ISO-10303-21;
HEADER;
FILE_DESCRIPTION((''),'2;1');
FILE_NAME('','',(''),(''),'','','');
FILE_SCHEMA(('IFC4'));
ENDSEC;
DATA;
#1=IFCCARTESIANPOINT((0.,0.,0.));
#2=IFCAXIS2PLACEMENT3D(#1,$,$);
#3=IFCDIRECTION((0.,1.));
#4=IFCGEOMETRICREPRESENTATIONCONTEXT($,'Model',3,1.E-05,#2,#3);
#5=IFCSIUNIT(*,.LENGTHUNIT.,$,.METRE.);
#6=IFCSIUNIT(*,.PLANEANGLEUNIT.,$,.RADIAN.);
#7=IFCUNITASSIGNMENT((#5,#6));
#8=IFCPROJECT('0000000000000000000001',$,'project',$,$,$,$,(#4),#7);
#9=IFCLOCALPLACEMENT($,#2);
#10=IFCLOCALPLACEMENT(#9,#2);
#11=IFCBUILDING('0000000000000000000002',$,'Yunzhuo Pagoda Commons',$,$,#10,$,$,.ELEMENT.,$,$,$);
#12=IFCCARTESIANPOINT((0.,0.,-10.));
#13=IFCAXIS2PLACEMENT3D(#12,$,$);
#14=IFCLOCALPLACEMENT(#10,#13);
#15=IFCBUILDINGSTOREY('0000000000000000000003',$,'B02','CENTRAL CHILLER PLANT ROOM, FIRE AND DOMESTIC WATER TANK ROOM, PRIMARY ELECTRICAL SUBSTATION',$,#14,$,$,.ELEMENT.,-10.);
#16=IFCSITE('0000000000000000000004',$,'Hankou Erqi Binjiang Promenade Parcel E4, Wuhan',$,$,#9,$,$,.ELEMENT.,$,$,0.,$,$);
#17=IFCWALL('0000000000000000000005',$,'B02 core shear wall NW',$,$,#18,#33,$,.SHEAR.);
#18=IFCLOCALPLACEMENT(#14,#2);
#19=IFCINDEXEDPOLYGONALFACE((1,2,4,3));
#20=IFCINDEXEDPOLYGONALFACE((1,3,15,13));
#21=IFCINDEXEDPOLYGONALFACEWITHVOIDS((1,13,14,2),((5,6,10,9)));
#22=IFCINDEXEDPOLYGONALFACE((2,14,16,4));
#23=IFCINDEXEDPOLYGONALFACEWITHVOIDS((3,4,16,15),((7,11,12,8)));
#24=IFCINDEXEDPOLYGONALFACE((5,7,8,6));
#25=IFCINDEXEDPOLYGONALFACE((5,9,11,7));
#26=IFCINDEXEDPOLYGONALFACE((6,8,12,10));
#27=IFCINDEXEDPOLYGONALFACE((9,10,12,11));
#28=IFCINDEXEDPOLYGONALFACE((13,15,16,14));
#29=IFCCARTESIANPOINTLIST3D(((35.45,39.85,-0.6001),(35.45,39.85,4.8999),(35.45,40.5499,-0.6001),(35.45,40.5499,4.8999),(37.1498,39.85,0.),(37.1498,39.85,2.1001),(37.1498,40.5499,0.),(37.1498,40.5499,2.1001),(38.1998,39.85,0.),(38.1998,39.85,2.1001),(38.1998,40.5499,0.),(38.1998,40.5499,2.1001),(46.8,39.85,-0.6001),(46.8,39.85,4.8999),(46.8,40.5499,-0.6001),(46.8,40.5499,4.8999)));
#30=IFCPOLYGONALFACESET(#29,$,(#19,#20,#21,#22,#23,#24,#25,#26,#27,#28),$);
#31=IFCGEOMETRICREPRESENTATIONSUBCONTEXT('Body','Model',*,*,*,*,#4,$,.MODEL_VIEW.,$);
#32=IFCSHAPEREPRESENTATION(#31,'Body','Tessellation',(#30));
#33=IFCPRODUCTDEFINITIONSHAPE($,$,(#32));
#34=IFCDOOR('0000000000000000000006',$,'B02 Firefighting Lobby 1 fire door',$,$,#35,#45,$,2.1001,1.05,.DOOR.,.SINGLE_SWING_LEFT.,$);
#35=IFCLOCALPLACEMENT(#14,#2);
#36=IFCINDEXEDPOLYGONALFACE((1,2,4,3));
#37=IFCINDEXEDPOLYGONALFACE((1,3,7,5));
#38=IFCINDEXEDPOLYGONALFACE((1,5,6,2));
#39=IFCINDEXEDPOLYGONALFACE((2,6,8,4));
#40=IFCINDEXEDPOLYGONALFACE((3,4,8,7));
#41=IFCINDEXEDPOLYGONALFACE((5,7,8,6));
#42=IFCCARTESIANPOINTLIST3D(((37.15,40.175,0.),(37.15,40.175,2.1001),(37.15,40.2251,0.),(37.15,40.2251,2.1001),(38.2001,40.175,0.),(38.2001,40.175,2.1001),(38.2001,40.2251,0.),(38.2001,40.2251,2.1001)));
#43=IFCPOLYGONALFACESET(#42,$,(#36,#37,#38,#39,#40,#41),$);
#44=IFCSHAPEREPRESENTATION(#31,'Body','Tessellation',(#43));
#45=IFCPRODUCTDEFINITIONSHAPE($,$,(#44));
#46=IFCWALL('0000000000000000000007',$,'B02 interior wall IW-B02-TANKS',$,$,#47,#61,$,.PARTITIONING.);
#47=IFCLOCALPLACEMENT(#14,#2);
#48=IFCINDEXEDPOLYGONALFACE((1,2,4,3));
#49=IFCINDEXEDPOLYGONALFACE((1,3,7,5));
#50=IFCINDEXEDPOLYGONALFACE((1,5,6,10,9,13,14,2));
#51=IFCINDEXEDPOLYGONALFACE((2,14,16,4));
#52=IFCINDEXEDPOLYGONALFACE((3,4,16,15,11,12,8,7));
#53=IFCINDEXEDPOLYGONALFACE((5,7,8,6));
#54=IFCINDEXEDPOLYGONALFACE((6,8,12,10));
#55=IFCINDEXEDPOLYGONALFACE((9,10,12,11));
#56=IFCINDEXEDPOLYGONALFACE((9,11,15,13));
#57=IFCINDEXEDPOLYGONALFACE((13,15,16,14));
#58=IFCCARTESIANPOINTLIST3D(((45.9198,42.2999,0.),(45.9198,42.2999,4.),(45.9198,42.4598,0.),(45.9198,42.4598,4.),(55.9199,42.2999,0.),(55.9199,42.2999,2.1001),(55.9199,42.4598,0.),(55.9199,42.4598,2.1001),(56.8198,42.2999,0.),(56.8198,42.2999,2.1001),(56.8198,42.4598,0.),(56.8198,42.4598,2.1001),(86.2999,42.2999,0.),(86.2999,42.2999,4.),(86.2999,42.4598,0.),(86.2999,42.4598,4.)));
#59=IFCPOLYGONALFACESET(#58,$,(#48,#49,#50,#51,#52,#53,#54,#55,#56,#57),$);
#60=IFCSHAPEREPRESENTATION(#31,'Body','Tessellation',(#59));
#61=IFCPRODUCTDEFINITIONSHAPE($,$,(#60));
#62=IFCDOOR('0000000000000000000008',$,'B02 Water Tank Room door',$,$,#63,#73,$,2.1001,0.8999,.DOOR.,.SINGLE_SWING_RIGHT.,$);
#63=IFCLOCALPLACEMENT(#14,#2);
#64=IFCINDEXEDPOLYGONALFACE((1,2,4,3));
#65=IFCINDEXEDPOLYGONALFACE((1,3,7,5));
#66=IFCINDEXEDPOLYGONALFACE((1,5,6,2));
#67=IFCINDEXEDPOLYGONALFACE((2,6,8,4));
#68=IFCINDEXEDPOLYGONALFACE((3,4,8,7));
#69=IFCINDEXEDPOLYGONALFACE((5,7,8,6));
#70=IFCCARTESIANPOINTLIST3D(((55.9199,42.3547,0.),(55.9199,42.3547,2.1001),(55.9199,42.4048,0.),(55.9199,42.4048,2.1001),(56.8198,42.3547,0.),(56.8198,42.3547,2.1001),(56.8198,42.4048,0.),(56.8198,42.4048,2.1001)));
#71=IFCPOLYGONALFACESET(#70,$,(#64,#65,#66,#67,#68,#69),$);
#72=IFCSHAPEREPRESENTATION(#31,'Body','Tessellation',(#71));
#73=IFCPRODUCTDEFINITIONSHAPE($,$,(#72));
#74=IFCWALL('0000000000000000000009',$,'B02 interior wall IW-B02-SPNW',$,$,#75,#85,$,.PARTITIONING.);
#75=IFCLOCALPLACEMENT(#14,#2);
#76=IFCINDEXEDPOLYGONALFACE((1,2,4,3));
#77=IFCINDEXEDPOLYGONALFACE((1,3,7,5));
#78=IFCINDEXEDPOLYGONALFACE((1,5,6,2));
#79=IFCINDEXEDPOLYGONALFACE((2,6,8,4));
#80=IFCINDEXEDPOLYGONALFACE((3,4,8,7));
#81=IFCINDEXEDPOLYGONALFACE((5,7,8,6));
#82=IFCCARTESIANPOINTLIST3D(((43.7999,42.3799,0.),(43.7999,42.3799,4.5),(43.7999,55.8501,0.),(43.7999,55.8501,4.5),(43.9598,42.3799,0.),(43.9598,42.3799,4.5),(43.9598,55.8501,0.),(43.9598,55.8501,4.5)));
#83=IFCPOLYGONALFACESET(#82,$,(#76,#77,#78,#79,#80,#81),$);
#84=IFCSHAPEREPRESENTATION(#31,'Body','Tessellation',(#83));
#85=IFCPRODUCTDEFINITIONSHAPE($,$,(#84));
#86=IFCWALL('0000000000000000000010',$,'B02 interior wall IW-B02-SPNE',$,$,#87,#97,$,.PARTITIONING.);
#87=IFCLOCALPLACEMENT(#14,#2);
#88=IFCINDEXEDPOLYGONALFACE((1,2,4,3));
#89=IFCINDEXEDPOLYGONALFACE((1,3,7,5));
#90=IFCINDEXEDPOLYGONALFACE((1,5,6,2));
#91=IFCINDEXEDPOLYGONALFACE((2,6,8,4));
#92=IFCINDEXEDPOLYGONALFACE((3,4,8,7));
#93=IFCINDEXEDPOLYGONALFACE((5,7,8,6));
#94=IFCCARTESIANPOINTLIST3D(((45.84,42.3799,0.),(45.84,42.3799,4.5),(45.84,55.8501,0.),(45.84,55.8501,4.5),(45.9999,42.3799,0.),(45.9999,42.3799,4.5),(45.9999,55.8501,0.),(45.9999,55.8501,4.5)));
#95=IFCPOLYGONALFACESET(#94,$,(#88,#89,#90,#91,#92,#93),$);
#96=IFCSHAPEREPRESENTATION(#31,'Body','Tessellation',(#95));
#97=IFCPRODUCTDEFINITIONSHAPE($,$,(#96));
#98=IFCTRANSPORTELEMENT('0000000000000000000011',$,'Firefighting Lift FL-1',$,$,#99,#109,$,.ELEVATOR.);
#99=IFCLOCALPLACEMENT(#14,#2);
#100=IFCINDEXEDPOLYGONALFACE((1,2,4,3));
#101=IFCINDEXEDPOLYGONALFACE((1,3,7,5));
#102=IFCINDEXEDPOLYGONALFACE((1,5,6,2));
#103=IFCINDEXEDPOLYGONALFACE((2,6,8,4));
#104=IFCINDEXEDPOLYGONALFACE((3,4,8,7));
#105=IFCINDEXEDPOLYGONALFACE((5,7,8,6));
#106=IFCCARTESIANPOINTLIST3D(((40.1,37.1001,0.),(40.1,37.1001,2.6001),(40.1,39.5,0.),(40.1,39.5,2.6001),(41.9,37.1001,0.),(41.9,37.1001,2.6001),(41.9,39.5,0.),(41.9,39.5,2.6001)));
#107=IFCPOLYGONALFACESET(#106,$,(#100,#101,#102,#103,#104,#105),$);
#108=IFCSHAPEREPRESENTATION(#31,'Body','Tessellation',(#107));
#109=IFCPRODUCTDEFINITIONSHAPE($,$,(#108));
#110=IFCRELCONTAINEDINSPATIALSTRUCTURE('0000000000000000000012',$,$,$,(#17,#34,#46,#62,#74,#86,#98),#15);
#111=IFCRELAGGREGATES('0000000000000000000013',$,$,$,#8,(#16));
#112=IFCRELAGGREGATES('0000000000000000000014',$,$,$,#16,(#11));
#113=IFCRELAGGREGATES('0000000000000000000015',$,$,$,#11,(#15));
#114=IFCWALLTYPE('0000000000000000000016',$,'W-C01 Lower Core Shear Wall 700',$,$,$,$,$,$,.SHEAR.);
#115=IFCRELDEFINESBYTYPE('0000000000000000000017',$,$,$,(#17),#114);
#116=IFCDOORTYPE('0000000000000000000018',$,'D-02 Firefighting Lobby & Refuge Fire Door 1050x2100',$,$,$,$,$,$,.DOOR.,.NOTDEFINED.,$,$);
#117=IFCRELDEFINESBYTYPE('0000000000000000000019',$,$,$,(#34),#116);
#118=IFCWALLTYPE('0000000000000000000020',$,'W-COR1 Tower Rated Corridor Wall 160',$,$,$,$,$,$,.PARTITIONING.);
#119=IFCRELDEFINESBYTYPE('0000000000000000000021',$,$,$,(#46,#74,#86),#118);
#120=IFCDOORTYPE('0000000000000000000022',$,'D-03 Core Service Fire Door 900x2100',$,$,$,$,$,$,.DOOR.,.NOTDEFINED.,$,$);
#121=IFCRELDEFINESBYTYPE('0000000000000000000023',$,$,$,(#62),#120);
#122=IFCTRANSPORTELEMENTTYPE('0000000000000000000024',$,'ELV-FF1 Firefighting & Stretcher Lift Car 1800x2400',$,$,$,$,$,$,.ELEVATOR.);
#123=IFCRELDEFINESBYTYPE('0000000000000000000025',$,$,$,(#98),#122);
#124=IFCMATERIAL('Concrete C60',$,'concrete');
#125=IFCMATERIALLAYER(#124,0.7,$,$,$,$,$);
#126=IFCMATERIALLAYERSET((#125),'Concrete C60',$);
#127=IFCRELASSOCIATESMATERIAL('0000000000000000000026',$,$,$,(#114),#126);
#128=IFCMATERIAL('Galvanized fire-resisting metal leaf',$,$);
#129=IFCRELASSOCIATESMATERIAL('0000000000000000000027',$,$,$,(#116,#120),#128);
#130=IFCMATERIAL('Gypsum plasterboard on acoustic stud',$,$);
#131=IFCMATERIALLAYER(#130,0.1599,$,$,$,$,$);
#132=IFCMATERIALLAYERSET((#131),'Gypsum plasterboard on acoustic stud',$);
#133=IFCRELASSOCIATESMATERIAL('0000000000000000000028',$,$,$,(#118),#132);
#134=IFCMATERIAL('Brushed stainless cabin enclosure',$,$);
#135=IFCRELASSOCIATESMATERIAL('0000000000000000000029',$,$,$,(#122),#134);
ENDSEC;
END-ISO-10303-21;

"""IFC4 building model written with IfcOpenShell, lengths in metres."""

from ifc_helpers import new_model, si_unit, direction, frame, frame_2d, origin, origin_with_axes, origin_2d, place, context, subcontext, project, spatial, rectangle, extrude, source, transform, mapped, material, layer, layer_set, type_object, element, fill, save


model = new_model("IFC4")

# Units and contexts
model_context = context("Model", 3, precision=1e-05, world=origin(), true_north=direction((0.0, 1.0)))
body_context = subcontext(model_context, "Body", "Model", "MODEL_VIEW")
ifc_project = project(units=[si_unit("LENGTHUNIT", "METRE"), si_unit("PLANEANGLEUNIT", "RADIAN")], contexts=[model_context])

# Site, building, storey
site_placement = place(None, origin())
site = spatial("IfcSite", under=ifc_project, at=site_placement, Name="Hankou Erqi Binjiang Promenade Parcel E4, Wuhan", CompositionType="ELEMENT", RefElevation=0.0)
building_placement = place(site_placement, origin())
building = spatial("IfcBuilding", under=site, at=building_placement, Name="Yunzhuo Pagoda Commons", CompositionType="ELEMENT")
storey_placement = place(building_placement, frame((0.0, 0.0, -10.0)))
storey = spatial("IfcBuildingStorey", under=building, at=storey_placement, Name="B02", Description="CENTRAL CHILLER PLANT ROOM, FIRE AND DOMESTIC WATER TANK ROOM, PRIMARY ELECTRICAL SUBSTATION", CompositionType="ELEMENT", Elevation=-10.0)

# Walls, openings, doors
ifc_material_1 = material(Name="Concrete C60", Category="concrete")
ifc_layer_1 = layer(ifc_material_1, 0.7)
ifc_layer_set_1 = layer_set([ifc_layer_1], Name="Concrete C60")
wall_type_1 = type_object("IfcWallType", Name="W-C01 Lower Core Shear Wall 700", PredefinedType="SHEAR", material=ifc_layer_set_1)
wall_1_placement = place(storey_placement, frame((35.45, 40.2, -0.6001), z_axis=(0.0, 0.0, 1.0), x_axis=(1.0, 0.0, 0.0)))
wall_1 = element("IfcWall", 1, at=wall_1_placement, inside=storey, type_object=wall_type_1, Name="B02 core shear wall NW", PredefinedType="SHEAR", context=body_context, shape_type="SweptSolid", body=[
    extrude(rectangle(XDim=11.3501, YDim=0.7, at=frame_2d((5.675, 0.0))), origin(), (0.0, 0.0, 1.0), 5.5),
])
opening_1_placement = place(wall_1_placement, frame((1.7, 0.0, 0.6001)))
opening_1 = element("IfcOpeningElement", 2, at=opening_1_placement, cuts=wall_1, PredefinedType="OPENING", context=body_context, shape_type="SweptSolid", body=[
    extrude(rectangle(XDim=1.05, YDim=2.1001, at=frame_2d((0.5249, 1.05))), frame((0.0, 0.3599, 0.0), z_axis=(0.0, -1.0, 0.0), x_axis=(1.0, 0.0, 0.0)), (0.0, 0.0, 1.0), 0.72),
])
ifc_material_2 = material(Name="Galvanized fire-resisting metal leaf")
door_type_1 = type_object("IfcDoorType", Name="D-02 Firefighting Lobby & Refuge Fire Door 1050x2100", OperationType="NOTDEFINED", PredefinedType="DOOR", material=ifc_material_2)
shared_shape_1 = source(origin(), body_context, "Body", "SweptSolid", [
    extrude(rectangle(XDim=1.05, YDim=2.1001, at=frame_2d((0.5249, 1.05))), frame((0.0, 0.0249, 0.0), z_axis=(0.0, -1.0, 0.0), x_axis=(1.0, 0.0, 0.0)), (0.0, 0.0, 1.0), 0.05),
])
door_1_placement = place(opening_1_placement, frame((1.05, 0.0, 0.0), z_axis=(0.0, 0.0, 1.0), x_axis=(-1.0, 0.0, 0.0)))
door_1 = element("IfcDoor", 3, at=door_1_placement, inside=storey, type_object=door_type_1, Name="B02 Firefighting Lobby 1 fire door", OperationType="SINGLE_SWING_LEFT", OverallHeight=2.1001, OverallWidth=1.05, PredefinedType="DOOR", context=body_context, shape_type="MappedRepresentation", body=[
    mapped(shared_shape_1, transform((0.0, 0.0, 0.0), scale=1.0)),
])
fill(opening_1, door_1)
ifc_material_3 = material(Name="Gypsum plasterboard on acoustic stud")
ifc_layer_2 = layer(ifc_material_3, 0.1599)
ifc_layer_set_2 = layer_set([ifc_layer_2], Name="Gypsum plasterboard on acoustic stud")
wall_type_2 = type_object("IfcWallType", Name="W-COR1 Tower Rated Corridor Wall 160", PredefinedType="PARTITIONING", material=ifc_layer_set_2)
wall_2_placement = place(storey_placement, frame((45.9199, 42.3799, 0.0), z_axis=(0.0, 0.0, 1.0), x_axis=(1.0, 0.0, 0.0)))
wall_2 = element("IfcWall", 4, at=wall_2_placement, inside=storey, type_object=wall_type_2, Name="B02 interior wall IW-B02-TANKS", PredefinedType="PARTITIONING", context=body_context, shape_type="SweptSolid", body=[
    extrude(rectangle(XDim=40.3801, YDim=0.1599, at=frame_2d((20.1899, 0.0))), origin(), (0.0, 0.0, 1.0), 4.0),
])
opening_2_placement = place(wall_2_placement, frame((10.0, 0.0, 0.0)))
opening_2 = element("IfcOpeningElement", 5, at=opening_2_placement, cuts=wall_2, PredefinedType="OPENING", context=body_context, shape_type="SweptSolid", body=[
    extrude(rectangle(XDim=0.8999, YDim=2.1001, at=frame_2d((0.45, 1.05))), frame((0.0, 0.0898, 0.0), z_axis=(0.0, -1.0, 0.0), x_axis=(1.0, 0.0, 0.0)), (0.0, 0.0, 1.0), 0.1799),
])
door_type_2 = type_object("IfcDoorType", Name="D-03 Core Service Fire Door 900x2100", OperationType="NOTDEFINED", PredefinedType="DOOR", material=ifc_material_2)
shared_shape_2 = source(origin(), body_context, "Body", "SweptSolid", [
    extrude(rectangle(XDim=0.8999, YDim=2.1001, at=frame_2d((0.45, 1.05))), frame((0.0, 0.0249, 0.0), z_axis=(0.0, -1.0, 0.0), x_axis=(1.0, 0.0, 0.0)), (0.0, 0.0, 1.0), 0.05),
])
door_2_placement = place(opening_2_placement, origin_with_axes())
door_2 = element("IfcDoor", 6, at=door_2_placement, inside=storey, type_object=door_type_2, Name="B02 Water Tank Room door", OperationType="SINGLE_SWING_RIGHT", OverallHeight=2.1001, OverallWidth=0.8999, PredefinedType="DOOR", context=body_context, shape_type="MappedRepresentation", body=[
    mapped(shared_shape_2, transform((0.0, 0.0, 0.0), scale=1.0)),
])
fill(opening_2, door_2)

# Walls
for number, where, z_axis, x_axis, name in (
    (7, (43.8799, 42.3799, 0.0), (0.0, 0.0, 1.0), (0.0, 1.0, 0.0), "B02 interior wall IW-B02-SPNW"),
    (8, (45.9199, 42.3799, 0.0), (0.0, 0.0, 1.0), (0.0, 1.0, 0.0), "B02 interior wall IW-B02-SPNE"),
):
    element("IfcWall", number, at=place(storey_placement, frame(where, z_axis=z_axis, x_axis=x_axis)), inside=storey, type_object=wall_type_2, Name=name, PredefinedType="PARTITIONING", context=body_context, shape_type="SweptSolid", body=[
        extrude(rectangle(XDim=13.4702, YDim=0.1599, at=frame_2d((6.7351, 0.0))), origin(), (0.0, 0.0, 1.0), 4.5),
    ])

# Transport element
ifc_material_4 = material(Name="Brushed stainless cabin enclosure")
transport_element_type = type_object("IfcTransportElementType", Name="ELV-FF1 Firefighting & Stretcher Lift Car 1800x2400", PredefinedType="ELEVATOR", material=ifc_material_4)
shared_shape_3 = source(origin(), body_context, "Body", "SweptSolid", [
    extrude(rectangle(XDim=1.8, YDim=2.3999, at=origin_2d()), origin(), (0.0, 0.0, 1.0), 2.6001),
])
transport_element_placement = place(storey_placement, frame((41.0, 38.3, 0.0), z_axis=(0.0, 0.0, 1.0), x_axis=(1.0, 0.0, 0.0)))
element("IfcTransportElement", 9, at=transport_element_placement, inside=storey, type_object=transport_element_type, Name="Firefighting Lift FL-1", PredefinedType="ELEVATOR", context=body_context, shape_type="MappedRepresentation", body=[
    mapped(shared_shape_3, transform((0.0, 0.0, 0.0), scale=1.0)),
])

save(model, "model.ifc")
